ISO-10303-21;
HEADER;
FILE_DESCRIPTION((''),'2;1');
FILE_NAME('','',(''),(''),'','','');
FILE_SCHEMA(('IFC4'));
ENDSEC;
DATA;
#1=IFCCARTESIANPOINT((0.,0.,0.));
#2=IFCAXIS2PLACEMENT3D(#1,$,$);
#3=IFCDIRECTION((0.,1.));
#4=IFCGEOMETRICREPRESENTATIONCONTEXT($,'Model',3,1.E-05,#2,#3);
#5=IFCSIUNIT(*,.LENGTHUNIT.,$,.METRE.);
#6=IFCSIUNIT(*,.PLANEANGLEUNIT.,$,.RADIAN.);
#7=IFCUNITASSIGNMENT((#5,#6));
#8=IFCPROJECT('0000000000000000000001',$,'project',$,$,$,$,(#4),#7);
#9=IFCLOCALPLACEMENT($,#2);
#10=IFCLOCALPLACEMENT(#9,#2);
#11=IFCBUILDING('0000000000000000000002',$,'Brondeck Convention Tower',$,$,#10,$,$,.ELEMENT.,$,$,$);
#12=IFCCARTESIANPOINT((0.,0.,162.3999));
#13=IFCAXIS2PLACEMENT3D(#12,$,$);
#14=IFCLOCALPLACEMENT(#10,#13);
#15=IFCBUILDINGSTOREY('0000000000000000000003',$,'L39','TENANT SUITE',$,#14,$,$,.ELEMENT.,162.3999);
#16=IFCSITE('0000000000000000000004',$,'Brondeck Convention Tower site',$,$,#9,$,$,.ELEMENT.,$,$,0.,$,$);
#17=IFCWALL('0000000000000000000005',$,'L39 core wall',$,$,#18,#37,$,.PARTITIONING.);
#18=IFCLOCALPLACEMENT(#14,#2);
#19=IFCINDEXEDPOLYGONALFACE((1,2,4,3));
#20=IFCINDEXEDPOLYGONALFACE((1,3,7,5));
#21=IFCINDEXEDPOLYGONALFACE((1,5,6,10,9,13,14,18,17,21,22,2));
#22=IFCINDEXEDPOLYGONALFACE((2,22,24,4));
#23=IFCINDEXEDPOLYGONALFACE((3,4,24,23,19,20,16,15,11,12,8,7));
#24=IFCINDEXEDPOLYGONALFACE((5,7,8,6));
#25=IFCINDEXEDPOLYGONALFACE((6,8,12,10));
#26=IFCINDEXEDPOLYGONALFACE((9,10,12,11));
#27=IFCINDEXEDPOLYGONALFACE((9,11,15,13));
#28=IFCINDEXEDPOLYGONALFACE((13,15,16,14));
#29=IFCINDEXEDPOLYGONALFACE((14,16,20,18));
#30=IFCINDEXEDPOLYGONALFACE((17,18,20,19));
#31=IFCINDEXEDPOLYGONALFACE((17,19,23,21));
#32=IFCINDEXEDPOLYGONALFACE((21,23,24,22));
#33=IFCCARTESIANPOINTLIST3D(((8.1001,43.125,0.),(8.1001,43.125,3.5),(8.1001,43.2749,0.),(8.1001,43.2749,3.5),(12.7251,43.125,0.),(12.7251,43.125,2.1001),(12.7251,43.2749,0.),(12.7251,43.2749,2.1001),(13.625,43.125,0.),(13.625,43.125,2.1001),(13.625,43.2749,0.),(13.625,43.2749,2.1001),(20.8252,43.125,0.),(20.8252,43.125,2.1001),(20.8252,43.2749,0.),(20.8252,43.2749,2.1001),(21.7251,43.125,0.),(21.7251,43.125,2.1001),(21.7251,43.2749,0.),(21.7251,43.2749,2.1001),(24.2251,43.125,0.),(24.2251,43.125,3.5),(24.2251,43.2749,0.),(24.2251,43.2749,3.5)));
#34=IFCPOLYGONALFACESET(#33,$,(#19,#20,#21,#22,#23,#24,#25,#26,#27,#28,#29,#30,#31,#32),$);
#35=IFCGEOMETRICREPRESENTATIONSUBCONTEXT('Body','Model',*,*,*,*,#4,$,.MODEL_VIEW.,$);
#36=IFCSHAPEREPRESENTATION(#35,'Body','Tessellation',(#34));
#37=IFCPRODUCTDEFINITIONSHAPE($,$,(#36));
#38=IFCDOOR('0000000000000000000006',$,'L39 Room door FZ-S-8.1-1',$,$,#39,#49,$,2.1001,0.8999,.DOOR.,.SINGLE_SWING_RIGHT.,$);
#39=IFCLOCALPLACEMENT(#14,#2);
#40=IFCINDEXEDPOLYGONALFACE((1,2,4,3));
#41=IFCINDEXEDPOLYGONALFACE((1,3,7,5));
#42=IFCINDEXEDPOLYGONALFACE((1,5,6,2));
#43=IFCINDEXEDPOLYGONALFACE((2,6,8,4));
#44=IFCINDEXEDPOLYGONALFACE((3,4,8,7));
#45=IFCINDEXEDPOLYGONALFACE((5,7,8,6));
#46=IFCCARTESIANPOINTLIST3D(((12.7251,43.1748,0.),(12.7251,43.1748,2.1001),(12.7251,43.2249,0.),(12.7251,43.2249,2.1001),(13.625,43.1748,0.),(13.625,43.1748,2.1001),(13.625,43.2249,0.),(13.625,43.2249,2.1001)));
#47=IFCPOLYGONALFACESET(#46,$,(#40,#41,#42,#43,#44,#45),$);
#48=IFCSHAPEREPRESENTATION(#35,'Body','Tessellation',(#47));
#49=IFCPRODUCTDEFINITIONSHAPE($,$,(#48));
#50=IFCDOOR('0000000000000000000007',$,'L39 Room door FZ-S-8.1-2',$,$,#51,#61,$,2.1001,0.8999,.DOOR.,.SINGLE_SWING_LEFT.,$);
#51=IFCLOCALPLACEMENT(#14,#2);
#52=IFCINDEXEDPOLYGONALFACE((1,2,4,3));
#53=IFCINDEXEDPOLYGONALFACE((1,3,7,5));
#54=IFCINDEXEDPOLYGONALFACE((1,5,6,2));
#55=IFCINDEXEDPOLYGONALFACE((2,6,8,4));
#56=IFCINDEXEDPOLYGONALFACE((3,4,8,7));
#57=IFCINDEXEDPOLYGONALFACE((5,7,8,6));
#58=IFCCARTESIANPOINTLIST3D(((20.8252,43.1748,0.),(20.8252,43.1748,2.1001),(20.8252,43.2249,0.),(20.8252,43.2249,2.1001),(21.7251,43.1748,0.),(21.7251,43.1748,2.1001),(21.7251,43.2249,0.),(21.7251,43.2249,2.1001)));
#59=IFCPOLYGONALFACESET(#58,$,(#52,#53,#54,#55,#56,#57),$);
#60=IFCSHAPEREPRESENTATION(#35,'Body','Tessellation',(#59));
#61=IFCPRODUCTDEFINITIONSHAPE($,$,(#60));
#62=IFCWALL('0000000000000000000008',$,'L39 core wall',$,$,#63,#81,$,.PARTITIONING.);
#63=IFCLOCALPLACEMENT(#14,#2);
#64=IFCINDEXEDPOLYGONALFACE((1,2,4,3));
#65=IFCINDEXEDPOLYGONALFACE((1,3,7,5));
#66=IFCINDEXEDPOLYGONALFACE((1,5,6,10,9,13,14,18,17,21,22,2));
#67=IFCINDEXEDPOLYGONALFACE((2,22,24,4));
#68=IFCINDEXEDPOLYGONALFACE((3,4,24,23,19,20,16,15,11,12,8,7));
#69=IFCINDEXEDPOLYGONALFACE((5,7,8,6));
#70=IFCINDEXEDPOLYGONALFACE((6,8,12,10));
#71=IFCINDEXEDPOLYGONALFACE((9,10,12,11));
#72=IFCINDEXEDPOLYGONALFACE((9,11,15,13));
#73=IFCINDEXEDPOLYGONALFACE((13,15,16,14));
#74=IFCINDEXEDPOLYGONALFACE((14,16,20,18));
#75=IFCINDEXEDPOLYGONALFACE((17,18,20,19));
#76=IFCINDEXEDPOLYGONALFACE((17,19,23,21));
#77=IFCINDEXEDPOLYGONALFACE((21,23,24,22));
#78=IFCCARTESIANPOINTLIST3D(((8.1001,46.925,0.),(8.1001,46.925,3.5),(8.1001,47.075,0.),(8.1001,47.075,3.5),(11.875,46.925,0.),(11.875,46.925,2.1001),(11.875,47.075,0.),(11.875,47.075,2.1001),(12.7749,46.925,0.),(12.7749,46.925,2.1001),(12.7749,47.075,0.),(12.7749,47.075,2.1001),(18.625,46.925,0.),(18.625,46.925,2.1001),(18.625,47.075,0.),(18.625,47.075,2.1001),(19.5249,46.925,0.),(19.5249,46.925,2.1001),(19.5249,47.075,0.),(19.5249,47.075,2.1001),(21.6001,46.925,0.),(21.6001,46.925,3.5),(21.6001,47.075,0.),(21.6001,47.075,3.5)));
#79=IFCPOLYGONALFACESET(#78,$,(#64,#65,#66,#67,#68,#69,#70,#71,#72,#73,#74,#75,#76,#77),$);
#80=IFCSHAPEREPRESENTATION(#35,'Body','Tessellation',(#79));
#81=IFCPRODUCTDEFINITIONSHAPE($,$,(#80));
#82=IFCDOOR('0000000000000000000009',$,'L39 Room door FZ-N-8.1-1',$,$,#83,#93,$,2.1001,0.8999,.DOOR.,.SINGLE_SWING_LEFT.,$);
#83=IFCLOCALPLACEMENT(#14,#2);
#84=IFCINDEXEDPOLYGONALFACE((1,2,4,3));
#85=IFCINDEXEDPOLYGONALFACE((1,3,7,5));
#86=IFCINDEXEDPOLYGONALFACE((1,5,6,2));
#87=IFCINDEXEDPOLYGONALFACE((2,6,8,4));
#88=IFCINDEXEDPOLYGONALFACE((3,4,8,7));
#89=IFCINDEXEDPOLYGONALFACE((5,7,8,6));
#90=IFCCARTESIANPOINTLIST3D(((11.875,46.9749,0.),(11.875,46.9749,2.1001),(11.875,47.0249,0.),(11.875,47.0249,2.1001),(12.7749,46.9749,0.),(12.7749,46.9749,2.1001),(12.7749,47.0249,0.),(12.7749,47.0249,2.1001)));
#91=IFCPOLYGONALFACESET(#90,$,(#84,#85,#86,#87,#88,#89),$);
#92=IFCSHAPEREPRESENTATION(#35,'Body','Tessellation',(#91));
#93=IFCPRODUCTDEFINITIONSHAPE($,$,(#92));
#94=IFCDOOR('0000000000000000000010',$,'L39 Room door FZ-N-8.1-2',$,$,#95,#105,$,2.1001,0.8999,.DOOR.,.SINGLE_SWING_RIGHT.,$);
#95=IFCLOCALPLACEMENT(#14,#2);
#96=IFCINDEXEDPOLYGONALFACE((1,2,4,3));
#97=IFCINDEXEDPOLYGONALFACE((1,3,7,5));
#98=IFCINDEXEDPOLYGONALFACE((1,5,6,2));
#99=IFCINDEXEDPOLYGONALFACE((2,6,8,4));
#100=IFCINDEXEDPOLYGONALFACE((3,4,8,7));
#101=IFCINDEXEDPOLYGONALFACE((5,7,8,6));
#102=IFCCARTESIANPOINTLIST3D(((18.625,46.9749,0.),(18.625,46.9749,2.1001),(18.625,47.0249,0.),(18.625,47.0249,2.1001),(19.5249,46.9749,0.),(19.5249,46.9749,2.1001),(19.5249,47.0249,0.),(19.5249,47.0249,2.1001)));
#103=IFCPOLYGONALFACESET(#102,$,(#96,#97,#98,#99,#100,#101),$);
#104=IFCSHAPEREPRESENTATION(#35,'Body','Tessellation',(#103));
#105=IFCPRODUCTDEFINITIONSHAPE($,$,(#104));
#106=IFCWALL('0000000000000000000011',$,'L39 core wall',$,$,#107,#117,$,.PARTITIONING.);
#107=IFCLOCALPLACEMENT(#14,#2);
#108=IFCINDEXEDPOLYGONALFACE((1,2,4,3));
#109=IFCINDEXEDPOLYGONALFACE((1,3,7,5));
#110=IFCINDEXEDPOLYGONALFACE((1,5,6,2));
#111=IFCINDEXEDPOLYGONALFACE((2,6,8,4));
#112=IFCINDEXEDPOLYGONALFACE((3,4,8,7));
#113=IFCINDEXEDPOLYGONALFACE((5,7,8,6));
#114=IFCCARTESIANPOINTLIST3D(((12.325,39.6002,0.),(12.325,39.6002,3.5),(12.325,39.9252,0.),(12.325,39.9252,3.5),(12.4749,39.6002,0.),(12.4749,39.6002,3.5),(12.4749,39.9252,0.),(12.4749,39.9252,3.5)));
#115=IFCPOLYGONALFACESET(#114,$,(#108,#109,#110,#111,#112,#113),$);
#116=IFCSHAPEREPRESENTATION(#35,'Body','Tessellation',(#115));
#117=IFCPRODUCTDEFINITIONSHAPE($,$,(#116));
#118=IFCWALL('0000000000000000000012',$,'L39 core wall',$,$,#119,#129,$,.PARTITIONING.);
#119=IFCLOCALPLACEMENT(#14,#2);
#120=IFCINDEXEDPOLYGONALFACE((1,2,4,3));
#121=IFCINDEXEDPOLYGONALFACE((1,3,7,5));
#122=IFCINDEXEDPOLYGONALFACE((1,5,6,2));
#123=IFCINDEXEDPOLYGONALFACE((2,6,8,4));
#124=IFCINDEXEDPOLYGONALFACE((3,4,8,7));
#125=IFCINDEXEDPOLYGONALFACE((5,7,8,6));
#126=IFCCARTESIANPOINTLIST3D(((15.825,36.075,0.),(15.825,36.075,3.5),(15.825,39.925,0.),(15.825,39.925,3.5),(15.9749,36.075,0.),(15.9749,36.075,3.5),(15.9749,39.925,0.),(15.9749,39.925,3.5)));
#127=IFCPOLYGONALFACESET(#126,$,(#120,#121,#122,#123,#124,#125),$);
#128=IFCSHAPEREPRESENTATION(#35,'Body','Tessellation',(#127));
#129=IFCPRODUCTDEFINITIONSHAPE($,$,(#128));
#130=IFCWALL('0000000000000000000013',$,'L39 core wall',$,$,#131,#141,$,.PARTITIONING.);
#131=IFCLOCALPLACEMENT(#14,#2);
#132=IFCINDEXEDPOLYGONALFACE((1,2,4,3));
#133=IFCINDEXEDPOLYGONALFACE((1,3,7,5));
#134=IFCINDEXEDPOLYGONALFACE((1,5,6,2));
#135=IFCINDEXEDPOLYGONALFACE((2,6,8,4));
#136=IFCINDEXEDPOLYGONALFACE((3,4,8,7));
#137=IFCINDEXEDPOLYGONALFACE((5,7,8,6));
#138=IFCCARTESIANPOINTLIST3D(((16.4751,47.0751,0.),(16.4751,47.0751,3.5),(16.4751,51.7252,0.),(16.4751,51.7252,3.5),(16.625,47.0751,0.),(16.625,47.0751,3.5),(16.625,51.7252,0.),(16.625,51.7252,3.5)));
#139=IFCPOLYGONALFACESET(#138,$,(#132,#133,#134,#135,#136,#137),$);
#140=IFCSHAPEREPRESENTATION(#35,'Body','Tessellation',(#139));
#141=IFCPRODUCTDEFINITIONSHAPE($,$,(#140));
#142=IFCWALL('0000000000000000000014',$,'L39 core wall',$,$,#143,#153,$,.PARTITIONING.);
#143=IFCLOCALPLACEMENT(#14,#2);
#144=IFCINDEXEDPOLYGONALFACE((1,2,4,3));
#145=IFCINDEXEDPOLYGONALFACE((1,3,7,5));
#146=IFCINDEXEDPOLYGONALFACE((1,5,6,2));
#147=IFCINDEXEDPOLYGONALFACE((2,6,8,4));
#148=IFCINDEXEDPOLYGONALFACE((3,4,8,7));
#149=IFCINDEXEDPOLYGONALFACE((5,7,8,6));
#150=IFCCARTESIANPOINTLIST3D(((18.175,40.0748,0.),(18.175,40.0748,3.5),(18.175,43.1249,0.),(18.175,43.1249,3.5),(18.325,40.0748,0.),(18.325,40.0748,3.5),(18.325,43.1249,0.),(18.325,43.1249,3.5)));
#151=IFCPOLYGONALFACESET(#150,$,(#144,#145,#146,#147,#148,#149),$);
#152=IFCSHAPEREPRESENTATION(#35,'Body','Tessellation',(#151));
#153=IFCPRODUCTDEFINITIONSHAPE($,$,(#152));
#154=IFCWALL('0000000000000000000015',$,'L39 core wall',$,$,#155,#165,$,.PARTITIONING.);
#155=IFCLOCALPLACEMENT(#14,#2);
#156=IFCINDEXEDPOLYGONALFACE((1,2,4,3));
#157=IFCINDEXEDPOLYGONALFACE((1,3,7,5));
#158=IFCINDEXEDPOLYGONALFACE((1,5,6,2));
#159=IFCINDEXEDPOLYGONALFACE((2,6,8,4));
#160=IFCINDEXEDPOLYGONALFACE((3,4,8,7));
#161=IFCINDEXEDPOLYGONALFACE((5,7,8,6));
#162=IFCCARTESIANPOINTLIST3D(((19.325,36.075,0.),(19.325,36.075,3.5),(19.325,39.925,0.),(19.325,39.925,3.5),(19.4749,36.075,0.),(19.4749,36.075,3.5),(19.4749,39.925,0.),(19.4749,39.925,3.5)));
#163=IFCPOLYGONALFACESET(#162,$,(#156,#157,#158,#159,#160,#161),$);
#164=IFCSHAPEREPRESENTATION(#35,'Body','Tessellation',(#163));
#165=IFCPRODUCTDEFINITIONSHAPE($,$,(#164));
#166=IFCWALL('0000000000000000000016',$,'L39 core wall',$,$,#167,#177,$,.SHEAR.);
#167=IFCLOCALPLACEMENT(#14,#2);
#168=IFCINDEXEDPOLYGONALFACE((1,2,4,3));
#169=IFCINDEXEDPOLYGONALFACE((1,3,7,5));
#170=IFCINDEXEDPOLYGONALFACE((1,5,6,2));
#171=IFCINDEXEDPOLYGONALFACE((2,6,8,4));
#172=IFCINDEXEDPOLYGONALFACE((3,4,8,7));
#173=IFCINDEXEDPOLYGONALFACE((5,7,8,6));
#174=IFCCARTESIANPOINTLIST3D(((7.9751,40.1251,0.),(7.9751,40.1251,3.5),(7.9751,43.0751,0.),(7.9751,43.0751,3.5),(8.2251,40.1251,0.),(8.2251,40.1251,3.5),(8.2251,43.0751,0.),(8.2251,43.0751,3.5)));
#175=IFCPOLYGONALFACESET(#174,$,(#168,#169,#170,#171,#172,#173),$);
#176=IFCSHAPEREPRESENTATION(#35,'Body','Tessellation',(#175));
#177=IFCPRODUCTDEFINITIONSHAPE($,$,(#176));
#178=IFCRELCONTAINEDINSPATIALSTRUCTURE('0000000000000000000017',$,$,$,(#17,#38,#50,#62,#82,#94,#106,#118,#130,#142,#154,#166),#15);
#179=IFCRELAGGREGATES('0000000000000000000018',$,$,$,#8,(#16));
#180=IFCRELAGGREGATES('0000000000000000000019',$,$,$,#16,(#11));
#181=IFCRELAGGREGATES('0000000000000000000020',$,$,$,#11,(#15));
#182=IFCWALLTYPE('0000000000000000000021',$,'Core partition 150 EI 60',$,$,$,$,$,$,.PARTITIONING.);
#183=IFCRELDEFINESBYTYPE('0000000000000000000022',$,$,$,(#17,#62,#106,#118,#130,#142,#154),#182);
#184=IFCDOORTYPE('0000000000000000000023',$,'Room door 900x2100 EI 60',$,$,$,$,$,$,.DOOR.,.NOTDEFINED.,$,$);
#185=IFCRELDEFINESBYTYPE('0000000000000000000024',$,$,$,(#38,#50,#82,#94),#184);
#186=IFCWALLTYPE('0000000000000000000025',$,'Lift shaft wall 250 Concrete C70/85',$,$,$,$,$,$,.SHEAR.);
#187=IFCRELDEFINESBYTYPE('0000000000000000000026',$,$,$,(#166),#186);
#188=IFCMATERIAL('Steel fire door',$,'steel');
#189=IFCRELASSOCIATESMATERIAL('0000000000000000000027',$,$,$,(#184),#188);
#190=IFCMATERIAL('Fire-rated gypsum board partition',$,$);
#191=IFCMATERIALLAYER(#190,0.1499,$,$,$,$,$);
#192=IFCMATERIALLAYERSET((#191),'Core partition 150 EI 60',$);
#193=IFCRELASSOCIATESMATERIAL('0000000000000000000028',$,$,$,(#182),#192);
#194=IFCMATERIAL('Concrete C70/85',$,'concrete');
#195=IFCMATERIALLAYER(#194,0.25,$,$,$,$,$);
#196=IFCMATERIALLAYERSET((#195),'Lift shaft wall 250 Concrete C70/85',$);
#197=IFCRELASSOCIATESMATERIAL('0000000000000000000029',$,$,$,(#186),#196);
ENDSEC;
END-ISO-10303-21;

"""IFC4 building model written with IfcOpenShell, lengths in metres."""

from ifc_helpers import new_model, si_unit, direction, frame, frame_2d, origin, place, context, subcontext, project, spatial, rectangle, extrude, material, layer, layer_set, type_object, element, fill, save


model = new_model("IFC4")

# Units and contexts
model_context = context("Model", 3, precision=1e-05, world=origin(), true_north=direction((0.0, 1.0)))
body_context = subcontext(model_context, "Body", "Model", "MODEL_VIEW")
ifc_project = project(units=[si_unit("LENGTHUNIT", "METRE"), si_unit("PLANEANGLEUNIT", "RADIAN")], contexts=[model_context])

# Site, building, storey
site_placement = place(None, origin())
site = spatial("IfcSite", under=ifc_project, at=site_placement, Name="Brondeck Convention Tower site", CompositionType="ELEMENT", RefElevation=0.0)
building_placement = place(site_placement, origin())
building = spatial("IfcBuilding", under=site, at=building_placement, Name="Brondeck Convention Tower", CompositionType="ELEMENT")
storey_placement = place(building_placement, frame((0.0, 0.0, 162.3999)))
storey = spatial("IfcBuildingStorey", under=building, at=storey_placement, Name="L39", Description="TENANT SUITE", CompositionType="ELEMENT", Elevation=162.3999)

# Shared definitions
ifc_material_1 = material(Name="Concrete C70/85", Category="concrete")
ifc_material_2 = material(Name="Steel fire door", Category="steel")
door_type_1 = type_object("IfcDoorType", Name="Room door 900x2100 EI 60", OperationType="NOTDEFINED", PredefinedType="DOOR", material=ifc_material_2)

# Shared definitions
ifc_material_3 = material(Name="Fire-rated gypsum board partition")
ifc_layer_1 = layer(ifc_material_3, 0.1499)
ifc_layer_set_1 = layer_set([ifc_layer_1], Name="Core partition 150 EI 60")
wall_type_1 = type_object("IfcWallType", Name="Core partition 150 EI 60", PredefinedType="PARTITIONING", material=ifc_layer_set_1)

# Walls, openings, doors
wall_1_placement = place(storey_placement, frame((8.1001, 43.2, 0.0), z_axis=(0.0, 0.0, 1.0), x_axis=(1.0, 0.0, 0.0)))
wall_1 = element("IfcWall", 1, at=wall_1_placement, inside=storey, type_object=wall_type_1, Name="L39 core wall", PredefinedType="PARTITIONING", context=body_context, shape_type="SweptSolid", body=[
    extrude(rectangle(XDim=16.125, YDim=0.1499, at=frame_2d((8.0625, 0.0))), origin(), (0.0, 0.0, 1.0), 3.5),
])
opening_1_placement = place(wall_1_placement, frame((4.625, 0.0, 0.0)))
opening_1 = element("IfcOpeningElement", 2, at=opening_1_placement, cuts=wall_1, PredefinedType="OPENING", context=body_context, shape_type="SweptSolid", body=[
    extrude(rectangle(XDim=0.8999, YDim=2.1001, at=frame_2d((0.45, 1.05))), frame((0.0, 0.085, 0.0), z_axis=(0.0, -1.0, 0.0), x_axis=(1.0, 0.0, 0.0)), (0.0, 0.0, 1.0), 0.1699),
])
opening_2_placement = place(wall_1_placement, frame((12.7251, 0.0, 0.0)))
opening_2 = element("IfcOpeningElement", 3, at=opening_2_placement, cuts=wall_1, PredefinedType="OPENING", context=body_context, shape_type="SweptSolid", body=[
    extrude(rectangle(XDim=0.8999, YDim=2.1001, at=frame_2d((0.45, 1.05))), frame((0.0, 0.085, 0.0), z_axis=(0.0, -1.0, 0.0), x_axis=(1.0, 0.0, 0.0)), (0.0, 0.0, 1.0), 0.1699),
])
door_1_placement = place(opening_1_placement, origin())
door_1 = element("IfcDoor", 4, at=door_1_placement, inside=storey, type_object=door_type_1, Name="L39 Room door FZ-S-8.1-1", OperationType="SINGLE_SWING_RIGHT", OverallHeight=2.1001, OverallWidth=0.8999, PredefinedType="DOOR", context=body_context, shape_type="SweptSolid", body=[
    extrude(rectangle(XDim=0.8999, YDim=2.1001, at=frame_2d((0.45, 1.05))), frame((0.0, 0.0249, 0.0), z_axis=(0.0, -1.0, 0.0), x_axis=(1.0, 0.0, 0.0)), (0.0, 0.0, 1.0), 0.05),
])
fill(opening_1, door_1)
door_2_placement = place(opening_2_placement, origin())
door_2 = element("IfcDoor", 5, at=door_2_placement, inside=storey, type_object=door_type_1, Name="L39 Room door FZ-S-8.1-2", OperationType="SINGLE_SWING_LEFT", OverallHeight=2.1001, OverallWidth=0.8999, PredefinedType="DOOR", context=body_context, shape_type="SweptSolid", body=[
    extrude(rectangle(XDim=0.8999, YDim=2.1001, at=frame_2d((0.45, 1.05))), frame((0.0, 0.0249, 0.0), z_axis=(0.0, -1.0, 0.0), x_axis=(1.0, 0.0, 0.0)), (0.0, 0.0, 1.0), 0.05),
])
fill(opening_2, door_2)
wall_2_placement = place(storey_placement, frame((8.1001, 47.0, 0.0), z_axis=(0.0, 0.0, 1.0), x_axis=(1.0, 0.0, 0.0)))
wall_2 = element("IfcWall", 6, at=wall_2_placement, inside=storey, type_object=wall_type_1, Name="L39 core wall", PredefinedType="PARTITIONING", context=body_context, shape_type="SweptSolid", body=[
    extrude(rectangle(XDim=13.5, YDim=0.1499, at=frame_2d((6.75, 0.0))), origin(), (0.0, 0.0, 1.0), 3.5),
])
opening_3_placement = place(wall_2_placement, frame((3.7749, 0.0, 0.0)))
opening_3 = element("IfcOpeningElement", 7, at=opening_3_placement, cuts=wall_2, PredefinedType="OPENING", context=body_context, shape_type="SweptSolid", body=[
    extrude(rectangle(XDim=0.8999, YDim=2.1001, at=frame_2d((0.45, 1.05))), frame((0.0, 0.085, 0.0), z_axis=(0.0, -1.0, 0.0), x_axis=(1.0, 0.0, 0.0)), (0.0, 0.0, 1.0), 0.1699),
])
opening_4_placement = place(wall_2_placement, frame((10.5249, 0.0, 0.0)))
opening_4 = element("IfcOpeningElement", 8, at=opening_4_placement, cuts=wall_2, PredefinedType="OPENING", context=body_context, shape_type="SweptSolid", body=[
    extrude(rectangle(XDim=0.8999, YDim=2.1001, at=frame_2d((0.45, 1.05))), frame((0.0, 0.085, 0.0), z_axis=(0.0, -1.0, 0.0), x_axis=(1.0, 0.0, 0.0)), (0.0, 0.0, 1.0), 0.1699),
])
door_3_placement = place(opening_3_placement, origin())
door_3 = element("IfcDoor", 9, at=door_3_placement, inside=storey, type_object=door_type_1, Name="L39 Room door FZ-N-8.1-1", OperationType="SINGLE_SWING_LEFT", OverallHeight=2.1001, OverallWidth=0.8999, PredefinedType="DOOR", context=body_context, shape_type="SweptSolid", body=[
    extrude(rectangle(XDim=0.8999, YDim=2.1001, at=frame_2d((0.45, 1.05))), frame((0.0, 0.0249, 0.0), z_axis=(0.0, -1.0, 0.0), x_axis=(1.0, 0.0, 0.0)), (0.0, 0.0, 1.0), 0.05),
])
fill(opening_3, door_3)
door_4_placement = place(opening_4_placement, origin())
door_4 = element("IfcDoor", 10, at=door_4_placement, inside=storey, type_object=door_type_1, Name="L39 Room door FZ-N-8.1-2", OperationType="SINGLE_SWING_RIGHT", OverallHeight=2.1001, OverallWidth=0.8999, PredefinedType="DOOR", context=body_context, shape_type="SweptSolid", body=[
    extrude(rectangle(XDim=0.8999, YDim=2.1001, at=frame_2d((0.45, 1.05))), frame((0.0, 0.0249, 0.0), z_axis=(0.0, -1.0, 0.0), x_axis=(1.0, 0.0, 0.0)), (0.0, 0.0, 1.0), 0.05),
])
fill(opening_4, door_4)

# Walls
wall_3_placement = place(storey_placement, frame((12.3999, 39.6001, 0.0), z_axis=(0.0, 0.0, 1.0), x_axis=(0.0, 1.0, 0.0)))
element("IfcWall", 11, at=wall_3_placement, inside=storey, type_object=wall_type_1, Name="L39 core wall", PredefinedType="PARTITIONING", context=body_context, shape_type="SweptSolid", body=[
    extrude(rectangle(XDim=0.325, YDim=0.1499, at=frame_2d((0.1626, 0.0))), origin(), (0.0, 0.0, 1.0), 3.5),
])
wall_4_placement = place(storey_placement, frame((15.8999, 36.075, 0.0), z_axis=(0.0, 0.0, 1.0), x_axis=(0.0, 1.0, 0.0)))
element("IfcWall", 12, at=wall_4_placement, inside=storey, type_object=wall_type_1, Name="L39 core wall", PredefinedType="PARTITIONING", context=body_context, shape_type="SweptSolid", body=[
    extrude(rectangle(XDim=3.8501, YDim=0.1499, at=frame_2d((1.925, 0.0))), origin(), (0.0, 0.0, 1.0), 3.5),
])
wall_5_placement = place(storey_placement, frame((16.55, 47.075, 0.0), z_axis=(0.0, 0.0, 1.0), x_axis=(0.0, 1.0, 0.0)))
element("IfcWall", 13, at=wall_5_placement, inside=storey, type_object=wall_type_1, Name="L39 core wall", PredefinedType="PARTITIONING", context=body_context, shape_type="SweptSolid", body=[
    extrude(rectangle(XDim=4.6501, YDim=0.1499, at=frame_2d((2.3252, 0.0))), origin(), (0.0, 0.0, 1.0), 3.5),
])
wall_6_placement = place(storey_placement, frame((18.25, 40.075, 0.0), z_axis=(0.0, 0.0, 1.0), x_axis=(0.0, 1.0, 0.0)))
element("IfcWall", 14, at=wall_6_placement, inside=storey, type_object=wall_type_1, Name="L39 core wall", PredefinedType="PARTITIONING", context=body_context, shape_type="SweptSolid", body=[
    extrude(rectangle(XDim=3.05, YDim=0.1499, at=frame_2d((1.5249, 0.0))), origin(), (0.0, 0.0, 1.0), 3.5),
])
wall_7_placement = place(storey_placement, frame((19.3999, 36.075, 0.0), z_axis=(0.0, 0.0, 1.0), x_axis=(0.0, 1.0, 0.0)))
element("IfcWall", 15, at=wall_7_placement, inside=storey, type_object=wall_type_1, Name="L39 core wall", PredefinedType="PARTITIONING", context=body_context, shape_type="SweptSolid", body=[
    extrude(rectangle(XDim=3.8501, YDim=0.1499, at=frame_2d((1.925, 0.0))), origin(), (0.0, 0.0, 1.0), 3.5),
])
ifc_layer_2 = layer(ifc_material_1, 0.25)
ifc_layer_set_2 = layer_set([ifc_layer_2], Name="Lift shaft wall 250 Concrete C70/85")
wall_type_2 = type_object("IfcWallType", Name="Lift shaft wall 250 Concrete C70/85", PredefinedType="SHEAR", material=ifc_layer_set_2)
wall_8_placement = place(storey_placement, frame((8.1001, 40.125, 0.0), z_axis=(0.0, 0.0, 1.0), x_axis=(0.0, 1.0, 0.0)))
element("IfcWall", 16, at=wall_8_placement, inside=storey, type_object=wall_type_2, Name="L39 core wall", PredefinedType="SHEAR", context=body_context, shape_type="SweptSolid", body=[
    extrude(rectangle(XDim=2.95, YDim=0.25, at=frame_2d((1.4751, 0.0))), origin(), (0.0, 0.0, 1.0), 3.5),
])

save(model, "model.ifc")
